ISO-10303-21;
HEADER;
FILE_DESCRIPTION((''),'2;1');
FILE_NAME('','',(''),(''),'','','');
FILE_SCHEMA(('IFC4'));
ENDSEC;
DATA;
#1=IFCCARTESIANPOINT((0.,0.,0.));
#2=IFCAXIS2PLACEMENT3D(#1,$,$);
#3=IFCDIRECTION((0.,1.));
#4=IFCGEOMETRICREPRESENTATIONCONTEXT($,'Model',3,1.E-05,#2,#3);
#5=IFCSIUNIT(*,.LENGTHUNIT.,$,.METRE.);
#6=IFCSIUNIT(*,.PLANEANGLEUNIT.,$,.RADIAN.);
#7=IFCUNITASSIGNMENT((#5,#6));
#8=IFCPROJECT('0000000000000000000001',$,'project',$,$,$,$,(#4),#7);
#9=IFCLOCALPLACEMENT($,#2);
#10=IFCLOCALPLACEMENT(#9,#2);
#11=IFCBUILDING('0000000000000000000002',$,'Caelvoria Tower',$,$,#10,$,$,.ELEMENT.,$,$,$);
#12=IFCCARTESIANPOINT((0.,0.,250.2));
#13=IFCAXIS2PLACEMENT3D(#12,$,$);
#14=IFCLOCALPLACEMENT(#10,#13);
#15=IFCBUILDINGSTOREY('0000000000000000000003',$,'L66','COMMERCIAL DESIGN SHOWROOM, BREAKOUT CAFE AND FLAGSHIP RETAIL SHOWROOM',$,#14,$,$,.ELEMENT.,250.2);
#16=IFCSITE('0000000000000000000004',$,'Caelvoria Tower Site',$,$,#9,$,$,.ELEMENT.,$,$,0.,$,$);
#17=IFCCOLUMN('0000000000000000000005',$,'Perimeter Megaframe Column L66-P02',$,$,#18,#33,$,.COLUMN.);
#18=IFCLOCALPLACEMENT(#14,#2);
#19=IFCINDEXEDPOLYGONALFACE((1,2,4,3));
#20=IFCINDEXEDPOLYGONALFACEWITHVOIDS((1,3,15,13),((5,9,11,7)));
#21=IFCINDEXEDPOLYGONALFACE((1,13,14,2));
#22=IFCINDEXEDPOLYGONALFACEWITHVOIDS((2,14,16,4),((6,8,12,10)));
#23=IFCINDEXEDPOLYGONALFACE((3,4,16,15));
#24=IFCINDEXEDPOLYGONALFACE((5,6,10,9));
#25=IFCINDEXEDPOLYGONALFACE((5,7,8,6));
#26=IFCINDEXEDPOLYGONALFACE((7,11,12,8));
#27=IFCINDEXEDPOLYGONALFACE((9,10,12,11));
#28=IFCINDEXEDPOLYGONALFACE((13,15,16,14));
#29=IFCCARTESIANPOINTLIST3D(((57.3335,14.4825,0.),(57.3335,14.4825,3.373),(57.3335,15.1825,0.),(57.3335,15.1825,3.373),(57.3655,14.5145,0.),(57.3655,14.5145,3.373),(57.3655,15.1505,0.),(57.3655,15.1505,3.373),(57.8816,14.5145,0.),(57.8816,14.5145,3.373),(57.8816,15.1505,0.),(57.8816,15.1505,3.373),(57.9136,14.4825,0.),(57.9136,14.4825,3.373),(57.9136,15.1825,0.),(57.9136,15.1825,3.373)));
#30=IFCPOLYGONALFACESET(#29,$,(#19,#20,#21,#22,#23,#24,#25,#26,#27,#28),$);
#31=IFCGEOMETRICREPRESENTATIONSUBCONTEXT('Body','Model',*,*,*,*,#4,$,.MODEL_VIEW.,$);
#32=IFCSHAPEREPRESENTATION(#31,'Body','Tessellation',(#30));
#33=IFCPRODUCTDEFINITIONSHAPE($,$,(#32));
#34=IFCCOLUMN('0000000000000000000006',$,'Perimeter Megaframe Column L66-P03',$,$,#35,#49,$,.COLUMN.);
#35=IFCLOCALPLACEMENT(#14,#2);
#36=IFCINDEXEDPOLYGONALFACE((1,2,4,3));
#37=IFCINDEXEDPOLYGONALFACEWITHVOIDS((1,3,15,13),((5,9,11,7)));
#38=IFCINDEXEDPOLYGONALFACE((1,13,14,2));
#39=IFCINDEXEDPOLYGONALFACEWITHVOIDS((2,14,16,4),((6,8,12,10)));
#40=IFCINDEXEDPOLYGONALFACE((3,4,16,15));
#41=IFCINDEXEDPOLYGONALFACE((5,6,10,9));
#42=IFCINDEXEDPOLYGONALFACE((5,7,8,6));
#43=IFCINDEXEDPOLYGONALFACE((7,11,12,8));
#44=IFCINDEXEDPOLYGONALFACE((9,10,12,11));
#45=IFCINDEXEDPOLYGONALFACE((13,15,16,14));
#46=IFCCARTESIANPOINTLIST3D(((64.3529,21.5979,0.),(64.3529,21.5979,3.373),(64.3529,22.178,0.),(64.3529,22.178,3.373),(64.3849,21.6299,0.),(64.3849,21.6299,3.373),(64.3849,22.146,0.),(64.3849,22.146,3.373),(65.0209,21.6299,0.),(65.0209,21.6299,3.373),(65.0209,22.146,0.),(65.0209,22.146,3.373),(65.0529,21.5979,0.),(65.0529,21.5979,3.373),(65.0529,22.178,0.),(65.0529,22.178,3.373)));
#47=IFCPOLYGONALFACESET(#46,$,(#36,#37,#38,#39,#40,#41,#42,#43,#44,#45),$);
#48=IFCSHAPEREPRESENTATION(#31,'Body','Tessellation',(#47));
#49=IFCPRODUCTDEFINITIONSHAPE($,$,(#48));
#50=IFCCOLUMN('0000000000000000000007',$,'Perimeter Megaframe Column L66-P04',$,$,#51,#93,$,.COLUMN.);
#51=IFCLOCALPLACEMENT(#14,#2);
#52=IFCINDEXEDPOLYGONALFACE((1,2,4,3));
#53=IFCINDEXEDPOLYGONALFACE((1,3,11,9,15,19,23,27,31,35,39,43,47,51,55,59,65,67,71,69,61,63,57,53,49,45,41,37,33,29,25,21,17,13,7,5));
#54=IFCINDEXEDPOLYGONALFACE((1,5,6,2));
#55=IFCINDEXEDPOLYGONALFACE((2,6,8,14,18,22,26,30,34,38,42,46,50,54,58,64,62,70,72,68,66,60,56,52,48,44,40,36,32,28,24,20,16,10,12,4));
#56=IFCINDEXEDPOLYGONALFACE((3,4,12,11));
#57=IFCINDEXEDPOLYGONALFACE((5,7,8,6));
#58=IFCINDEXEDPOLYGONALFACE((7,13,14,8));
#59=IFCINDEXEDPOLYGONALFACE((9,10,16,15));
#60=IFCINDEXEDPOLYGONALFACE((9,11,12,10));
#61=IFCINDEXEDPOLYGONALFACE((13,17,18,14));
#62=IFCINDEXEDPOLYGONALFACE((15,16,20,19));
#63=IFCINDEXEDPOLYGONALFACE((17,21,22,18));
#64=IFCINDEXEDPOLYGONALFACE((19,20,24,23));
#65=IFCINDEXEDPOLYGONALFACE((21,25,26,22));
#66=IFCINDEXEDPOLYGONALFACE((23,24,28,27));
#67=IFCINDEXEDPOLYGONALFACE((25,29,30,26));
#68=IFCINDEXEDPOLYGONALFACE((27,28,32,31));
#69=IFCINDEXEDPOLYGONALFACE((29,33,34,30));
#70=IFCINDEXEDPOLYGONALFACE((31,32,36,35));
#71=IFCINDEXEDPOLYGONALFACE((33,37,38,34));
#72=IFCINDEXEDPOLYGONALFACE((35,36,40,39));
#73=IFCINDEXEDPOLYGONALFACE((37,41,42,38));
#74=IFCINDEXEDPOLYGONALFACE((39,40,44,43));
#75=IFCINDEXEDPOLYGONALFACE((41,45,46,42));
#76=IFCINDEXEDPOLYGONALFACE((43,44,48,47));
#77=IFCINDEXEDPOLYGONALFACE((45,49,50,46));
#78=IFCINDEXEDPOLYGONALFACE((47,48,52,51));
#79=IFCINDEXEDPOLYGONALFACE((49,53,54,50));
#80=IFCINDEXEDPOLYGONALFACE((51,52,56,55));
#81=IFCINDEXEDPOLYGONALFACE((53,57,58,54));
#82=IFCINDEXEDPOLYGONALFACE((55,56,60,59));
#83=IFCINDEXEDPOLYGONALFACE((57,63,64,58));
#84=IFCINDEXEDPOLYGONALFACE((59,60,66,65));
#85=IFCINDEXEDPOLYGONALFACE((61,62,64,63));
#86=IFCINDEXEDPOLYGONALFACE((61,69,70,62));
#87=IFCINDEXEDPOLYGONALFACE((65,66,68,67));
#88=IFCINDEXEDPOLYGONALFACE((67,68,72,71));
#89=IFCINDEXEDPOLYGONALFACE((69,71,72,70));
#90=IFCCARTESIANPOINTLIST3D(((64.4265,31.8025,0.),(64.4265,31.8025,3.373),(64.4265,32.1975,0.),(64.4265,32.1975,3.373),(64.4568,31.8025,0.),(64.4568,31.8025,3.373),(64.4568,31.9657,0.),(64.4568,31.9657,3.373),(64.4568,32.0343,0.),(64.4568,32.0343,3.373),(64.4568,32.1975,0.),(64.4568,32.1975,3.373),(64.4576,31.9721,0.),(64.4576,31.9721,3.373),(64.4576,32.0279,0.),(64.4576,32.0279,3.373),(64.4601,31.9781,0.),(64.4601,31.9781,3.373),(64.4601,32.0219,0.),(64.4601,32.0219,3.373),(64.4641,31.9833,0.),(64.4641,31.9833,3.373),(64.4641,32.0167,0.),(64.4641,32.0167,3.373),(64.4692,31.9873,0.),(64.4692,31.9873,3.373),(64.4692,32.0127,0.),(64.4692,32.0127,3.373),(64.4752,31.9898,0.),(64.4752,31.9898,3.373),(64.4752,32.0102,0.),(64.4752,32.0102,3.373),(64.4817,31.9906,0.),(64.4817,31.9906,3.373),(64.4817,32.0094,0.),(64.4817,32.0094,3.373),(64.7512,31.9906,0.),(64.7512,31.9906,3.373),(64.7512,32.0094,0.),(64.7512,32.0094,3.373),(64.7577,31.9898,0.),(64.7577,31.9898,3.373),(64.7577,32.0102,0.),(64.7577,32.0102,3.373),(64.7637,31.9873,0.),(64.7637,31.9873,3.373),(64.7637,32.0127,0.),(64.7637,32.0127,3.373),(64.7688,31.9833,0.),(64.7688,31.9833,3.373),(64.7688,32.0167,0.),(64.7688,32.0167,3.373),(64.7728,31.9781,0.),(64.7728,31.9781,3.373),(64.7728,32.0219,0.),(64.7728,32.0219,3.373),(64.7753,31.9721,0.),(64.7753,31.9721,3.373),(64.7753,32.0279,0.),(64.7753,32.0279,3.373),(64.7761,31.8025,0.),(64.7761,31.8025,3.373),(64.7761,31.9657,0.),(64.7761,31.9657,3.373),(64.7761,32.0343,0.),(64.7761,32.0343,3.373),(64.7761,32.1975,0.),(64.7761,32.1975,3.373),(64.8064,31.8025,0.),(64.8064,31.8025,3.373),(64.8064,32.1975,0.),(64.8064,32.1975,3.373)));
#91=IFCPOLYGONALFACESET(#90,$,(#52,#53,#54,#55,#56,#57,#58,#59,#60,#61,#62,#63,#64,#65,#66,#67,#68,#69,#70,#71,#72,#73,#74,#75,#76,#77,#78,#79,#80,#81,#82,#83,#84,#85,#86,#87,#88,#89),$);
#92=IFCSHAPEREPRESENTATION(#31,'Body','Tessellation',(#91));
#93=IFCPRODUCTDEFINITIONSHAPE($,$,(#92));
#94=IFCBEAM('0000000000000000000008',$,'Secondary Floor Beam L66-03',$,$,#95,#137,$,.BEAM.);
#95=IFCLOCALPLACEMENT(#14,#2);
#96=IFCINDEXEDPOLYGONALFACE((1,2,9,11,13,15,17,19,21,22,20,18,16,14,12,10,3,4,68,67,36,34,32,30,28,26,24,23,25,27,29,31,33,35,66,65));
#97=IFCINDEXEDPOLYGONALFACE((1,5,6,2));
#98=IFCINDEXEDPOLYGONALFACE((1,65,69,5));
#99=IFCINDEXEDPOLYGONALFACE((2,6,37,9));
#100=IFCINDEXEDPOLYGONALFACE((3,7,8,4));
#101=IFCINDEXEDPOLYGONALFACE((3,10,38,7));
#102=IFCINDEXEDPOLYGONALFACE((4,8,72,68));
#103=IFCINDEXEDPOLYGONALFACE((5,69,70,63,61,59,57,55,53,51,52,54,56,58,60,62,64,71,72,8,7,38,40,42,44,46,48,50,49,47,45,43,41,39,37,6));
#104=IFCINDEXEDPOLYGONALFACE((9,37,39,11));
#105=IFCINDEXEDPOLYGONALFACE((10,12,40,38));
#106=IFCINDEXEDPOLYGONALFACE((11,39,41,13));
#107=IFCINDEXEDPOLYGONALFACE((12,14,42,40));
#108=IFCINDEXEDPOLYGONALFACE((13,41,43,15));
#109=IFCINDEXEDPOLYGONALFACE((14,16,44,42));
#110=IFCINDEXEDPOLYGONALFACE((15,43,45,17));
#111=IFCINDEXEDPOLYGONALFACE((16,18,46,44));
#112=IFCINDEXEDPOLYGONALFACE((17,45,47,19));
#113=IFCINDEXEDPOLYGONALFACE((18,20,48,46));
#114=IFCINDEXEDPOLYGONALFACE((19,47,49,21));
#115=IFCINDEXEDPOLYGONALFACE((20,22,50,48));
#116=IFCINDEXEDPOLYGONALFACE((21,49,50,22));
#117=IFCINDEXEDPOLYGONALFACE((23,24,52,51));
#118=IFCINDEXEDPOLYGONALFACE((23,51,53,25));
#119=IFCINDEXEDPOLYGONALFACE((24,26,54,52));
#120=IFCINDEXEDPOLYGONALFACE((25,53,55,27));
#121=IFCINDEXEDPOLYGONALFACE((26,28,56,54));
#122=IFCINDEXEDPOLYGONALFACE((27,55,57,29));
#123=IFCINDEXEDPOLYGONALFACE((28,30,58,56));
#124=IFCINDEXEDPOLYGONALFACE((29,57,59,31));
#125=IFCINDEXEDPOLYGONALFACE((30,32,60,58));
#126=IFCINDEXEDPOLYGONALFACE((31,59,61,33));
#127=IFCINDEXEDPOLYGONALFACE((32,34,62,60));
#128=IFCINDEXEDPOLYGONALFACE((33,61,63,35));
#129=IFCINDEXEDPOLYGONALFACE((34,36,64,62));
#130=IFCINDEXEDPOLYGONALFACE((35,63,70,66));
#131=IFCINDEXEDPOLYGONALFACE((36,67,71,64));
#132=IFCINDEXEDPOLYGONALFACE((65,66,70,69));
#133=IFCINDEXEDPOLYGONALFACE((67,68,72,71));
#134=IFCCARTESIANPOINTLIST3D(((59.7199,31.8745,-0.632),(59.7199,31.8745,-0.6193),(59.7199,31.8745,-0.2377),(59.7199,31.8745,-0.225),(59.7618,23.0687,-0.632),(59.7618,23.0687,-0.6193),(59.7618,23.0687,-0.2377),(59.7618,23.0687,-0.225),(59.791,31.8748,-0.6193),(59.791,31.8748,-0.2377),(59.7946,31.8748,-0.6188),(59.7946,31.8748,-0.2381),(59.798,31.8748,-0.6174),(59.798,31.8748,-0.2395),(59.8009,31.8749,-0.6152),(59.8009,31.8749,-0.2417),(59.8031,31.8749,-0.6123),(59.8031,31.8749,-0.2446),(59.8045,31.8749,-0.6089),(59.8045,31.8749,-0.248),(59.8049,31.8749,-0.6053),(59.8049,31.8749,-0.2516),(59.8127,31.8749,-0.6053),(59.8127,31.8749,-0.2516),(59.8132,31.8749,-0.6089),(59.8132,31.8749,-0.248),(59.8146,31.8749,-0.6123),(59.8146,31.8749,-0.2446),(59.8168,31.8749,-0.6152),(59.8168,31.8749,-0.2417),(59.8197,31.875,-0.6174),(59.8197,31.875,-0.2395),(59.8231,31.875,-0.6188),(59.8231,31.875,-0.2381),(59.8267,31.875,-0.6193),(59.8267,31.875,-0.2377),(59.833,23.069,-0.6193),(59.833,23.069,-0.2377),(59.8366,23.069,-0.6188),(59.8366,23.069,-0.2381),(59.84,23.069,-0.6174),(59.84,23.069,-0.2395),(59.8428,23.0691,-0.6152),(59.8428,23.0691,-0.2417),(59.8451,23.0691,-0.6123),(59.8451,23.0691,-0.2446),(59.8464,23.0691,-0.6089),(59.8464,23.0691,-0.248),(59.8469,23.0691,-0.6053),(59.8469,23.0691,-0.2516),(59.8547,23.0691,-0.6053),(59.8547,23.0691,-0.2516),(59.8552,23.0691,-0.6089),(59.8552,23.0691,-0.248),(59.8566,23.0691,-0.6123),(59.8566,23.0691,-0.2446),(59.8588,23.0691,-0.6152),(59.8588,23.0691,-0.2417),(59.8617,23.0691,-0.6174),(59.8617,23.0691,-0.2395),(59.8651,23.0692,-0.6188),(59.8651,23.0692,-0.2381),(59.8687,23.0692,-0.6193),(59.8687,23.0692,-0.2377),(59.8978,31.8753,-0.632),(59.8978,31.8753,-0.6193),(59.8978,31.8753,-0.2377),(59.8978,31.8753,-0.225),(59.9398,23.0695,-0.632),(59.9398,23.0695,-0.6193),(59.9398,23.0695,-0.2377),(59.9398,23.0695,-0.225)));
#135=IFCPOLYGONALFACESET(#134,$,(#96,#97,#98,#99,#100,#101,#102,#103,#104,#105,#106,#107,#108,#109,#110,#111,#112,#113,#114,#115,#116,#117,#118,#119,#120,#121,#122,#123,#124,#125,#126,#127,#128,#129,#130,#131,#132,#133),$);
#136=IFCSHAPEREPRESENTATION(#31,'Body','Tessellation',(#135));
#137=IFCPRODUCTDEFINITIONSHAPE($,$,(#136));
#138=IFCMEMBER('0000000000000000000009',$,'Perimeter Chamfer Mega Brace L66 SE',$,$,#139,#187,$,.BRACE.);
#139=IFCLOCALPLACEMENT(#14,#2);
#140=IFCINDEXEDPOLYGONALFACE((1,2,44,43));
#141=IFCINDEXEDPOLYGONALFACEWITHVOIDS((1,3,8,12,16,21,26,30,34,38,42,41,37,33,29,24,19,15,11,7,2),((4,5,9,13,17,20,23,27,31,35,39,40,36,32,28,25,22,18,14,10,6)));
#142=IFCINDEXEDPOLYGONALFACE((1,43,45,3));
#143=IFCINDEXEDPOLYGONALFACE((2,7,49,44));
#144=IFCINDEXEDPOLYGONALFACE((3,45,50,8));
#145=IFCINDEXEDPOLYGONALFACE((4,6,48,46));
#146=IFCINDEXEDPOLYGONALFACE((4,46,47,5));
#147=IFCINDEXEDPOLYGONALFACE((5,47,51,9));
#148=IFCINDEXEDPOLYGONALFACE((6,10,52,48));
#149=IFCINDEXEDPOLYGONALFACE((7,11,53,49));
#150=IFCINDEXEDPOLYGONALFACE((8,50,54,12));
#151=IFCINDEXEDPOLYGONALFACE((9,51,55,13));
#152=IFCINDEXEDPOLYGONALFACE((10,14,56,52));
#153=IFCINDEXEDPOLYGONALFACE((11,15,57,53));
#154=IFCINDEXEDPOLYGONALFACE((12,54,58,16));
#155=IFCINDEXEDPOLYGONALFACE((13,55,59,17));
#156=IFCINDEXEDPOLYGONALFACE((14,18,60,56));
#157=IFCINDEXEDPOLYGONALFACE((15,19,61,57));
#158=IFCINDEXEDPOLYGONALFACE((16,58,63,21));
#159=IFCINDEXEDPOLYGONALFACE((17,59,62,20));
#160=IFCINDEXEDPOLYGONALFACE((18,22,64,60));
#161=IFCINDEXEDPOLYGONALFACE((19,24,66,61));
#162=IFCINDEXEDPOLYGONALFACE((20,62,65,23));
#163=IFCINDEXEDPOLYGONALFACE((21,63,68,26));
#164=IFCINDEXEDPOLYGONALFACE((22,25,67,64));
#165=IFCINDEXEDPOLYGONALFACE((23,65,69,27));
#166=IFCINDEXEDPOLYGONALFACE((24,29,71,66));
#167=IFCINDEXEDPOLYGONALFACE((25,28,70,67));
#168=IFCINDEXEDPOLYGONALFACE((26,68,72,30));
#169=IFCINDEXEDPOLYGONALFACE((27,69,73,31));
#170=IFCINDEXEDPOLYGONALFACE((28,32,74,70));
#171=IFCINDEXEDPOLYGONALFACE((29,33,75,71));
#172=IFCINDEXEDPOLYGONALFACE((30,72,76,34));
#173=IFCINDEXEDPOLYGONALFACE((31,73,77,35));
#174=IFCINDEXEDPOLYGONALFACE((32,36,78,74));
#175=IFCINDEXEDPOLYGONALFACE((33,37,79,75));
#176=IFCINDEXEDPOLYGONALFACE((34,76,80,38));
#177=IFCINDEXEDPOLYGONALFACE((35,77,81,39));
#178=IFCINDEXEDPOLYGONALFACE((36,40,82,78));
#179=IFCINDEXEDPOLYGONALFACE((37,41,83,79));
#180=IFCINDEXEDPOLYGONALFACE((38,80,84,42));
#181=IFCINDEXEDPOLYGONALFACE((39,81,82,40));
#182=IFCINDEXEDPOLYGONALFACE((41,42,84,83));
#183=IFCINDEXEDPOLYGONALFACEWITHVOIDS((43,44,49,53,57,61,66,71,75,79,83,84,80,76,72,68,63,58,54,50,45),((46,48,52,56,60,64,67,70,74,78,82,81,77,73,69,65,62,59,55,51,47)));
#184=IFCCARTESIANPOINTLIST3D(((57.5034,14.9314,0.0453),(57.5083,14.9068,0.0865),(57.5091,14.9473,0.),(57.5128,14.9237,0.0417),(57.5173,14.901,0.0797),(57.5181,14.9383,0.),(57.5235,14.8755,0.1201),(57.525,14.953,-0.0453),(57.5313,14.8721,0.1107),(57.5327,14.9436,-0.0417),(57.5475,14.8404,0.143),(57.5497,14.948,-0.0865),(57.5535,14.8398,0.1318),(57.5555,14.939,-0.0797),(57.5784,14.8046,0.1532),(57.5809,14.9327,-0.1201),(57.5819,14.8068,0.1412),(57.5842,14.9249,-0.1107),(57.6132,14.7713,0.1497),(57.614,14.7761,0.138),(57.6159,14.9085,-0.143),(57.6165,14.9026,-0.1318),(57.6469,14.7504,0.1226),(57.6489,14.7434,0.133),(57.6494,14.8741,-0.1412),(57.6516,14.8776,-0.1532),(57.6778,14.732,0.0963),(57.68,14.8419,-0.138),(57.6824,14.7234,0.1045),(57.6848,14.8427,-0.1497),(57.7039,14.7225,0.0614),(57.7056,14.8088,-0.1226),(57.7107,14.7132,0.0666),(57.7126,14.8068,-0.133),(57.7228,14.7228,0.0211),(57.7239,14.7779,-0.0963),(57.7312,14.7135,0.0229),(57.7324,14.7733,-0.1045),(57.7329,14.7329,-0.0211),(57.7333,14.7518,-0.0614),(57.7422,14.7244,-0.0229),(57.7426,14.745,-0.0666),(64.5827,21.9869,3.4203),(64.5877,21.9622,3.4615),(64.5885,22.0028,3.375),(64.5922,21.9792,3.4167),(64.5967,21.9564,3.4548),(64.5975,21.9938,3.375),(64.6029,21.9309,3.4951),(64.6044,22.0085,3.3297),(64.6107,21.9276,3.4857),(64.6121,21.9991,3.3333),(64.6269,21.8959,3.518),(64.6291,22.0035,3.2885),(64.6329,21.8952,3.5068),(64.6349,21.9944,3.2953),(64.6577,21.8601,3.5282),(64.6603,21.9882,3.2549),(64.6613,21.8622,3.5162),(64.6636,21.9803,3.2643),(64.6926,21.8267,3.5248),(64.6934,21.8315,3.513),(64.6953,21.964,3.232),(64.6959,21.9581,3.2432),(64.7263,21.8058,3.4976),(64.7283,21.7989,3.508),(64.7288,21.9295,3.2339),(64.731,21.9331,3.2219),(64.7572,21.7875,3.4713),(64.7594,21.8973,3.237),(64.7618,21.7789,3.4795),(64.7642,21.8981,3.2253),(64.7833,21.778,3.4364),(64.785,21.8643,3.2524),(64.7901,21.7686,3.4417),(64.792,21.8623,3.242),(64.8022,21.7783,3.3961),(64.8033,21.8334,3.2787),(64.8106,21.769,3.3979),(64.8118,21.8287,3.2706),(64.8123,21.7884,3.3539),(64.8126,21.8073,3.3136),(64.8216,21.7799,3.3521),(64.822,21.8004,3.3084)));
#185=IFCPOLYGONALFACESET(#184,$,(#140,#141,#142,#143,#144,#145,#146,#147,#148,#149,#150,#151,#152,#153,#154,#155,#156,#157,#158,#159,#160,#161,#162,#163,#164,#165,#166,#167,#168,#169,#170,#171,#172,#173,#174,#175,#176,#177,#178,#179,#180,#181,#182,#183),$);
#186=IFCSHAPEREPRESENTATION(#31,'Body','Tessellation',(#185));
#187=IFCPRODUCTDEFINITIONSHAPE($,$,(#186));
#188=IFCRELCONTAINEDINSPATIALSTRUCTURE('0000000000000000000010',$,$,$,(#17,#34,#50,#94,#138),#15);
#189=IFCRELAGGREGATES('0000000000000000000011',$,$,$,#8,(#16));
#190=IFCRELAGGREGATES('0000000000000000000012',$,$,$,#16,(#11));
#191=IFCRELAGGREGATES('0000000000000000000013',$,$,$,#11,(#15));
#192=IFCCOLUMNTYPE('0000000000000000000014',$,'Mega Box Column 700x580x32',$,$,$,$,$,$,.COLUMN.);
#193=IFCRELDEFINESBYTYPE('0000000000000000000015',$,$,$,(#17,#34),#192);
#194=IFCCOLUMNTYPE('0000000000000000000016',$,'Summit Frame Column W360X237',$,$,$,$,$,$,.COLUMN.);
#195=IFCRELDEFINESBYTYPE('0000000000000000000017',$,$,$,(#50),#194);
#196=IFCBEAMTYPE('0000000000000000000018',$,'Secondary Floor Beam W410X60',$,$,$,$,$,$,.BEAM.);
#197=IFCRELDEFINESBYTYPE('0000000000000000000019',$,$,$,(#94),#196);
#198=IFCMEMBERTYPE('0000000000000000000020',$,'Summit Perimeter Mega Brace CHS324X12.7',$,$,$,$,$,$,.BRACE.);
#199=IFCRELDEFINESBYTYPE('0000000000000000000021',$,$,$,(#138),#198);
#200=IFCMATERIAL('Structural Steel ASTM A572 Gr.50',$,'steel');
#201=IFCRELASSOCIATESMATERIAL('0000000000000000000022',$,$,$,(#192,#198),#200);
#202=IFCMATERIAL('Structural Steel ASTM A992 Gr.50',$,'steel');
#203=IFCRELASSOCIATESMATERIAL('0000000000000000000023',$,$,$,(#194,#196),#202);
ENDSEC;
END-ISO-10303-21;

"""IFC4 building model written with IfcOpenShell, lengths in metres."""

from ifc_helpers import new_model, si_unit, direction, frame, origin, origin_2d, place, context, subcontext, project, spatial, hollow_rectangle, hollow_circle, i_section, extrude, material, material_profile, profile_set, type_object, element, save


model = new_model("IFC4")

# Units and contexts
model_context = context("Model", 3, precision=1e-05, world=origin(), true_north=direction((0.0, 1.0)))
body_context = subcontext(model_context, "Body", "Model", "MODEL_VIEW")
ifc_project = project(units=[si_unit("LENGTHUNIT", "METRE"), si_unit("PLANEANGLEUNIT", "RADIAN")], contexts=[model_context])

# Site, building, storey
site_placement = place(None, origin())
site = spatial("IfcSite", under=ifc_project, at=site_placement, Name="Caelvoria Tower Site", CompositionType="ELEMENT", RefElevation=0.0)
building_placement = place(site_placement, origin())
building = spatial("IfcBuilding", under=site, at=building_placement, Name="Caelvoria Tower", CompositionType="ELEMENT")
storey_placement = place(building_placement, frame((0.0, 0.0, 250.2)))
storey = spatial("IfcBuildingStorey", under=building, at=storey_placement, Name="L66", Description="COMMERCIAL DESIGN SHOWROOM, BREAKOUT CAFE AND FLAGSHIP RETAIL SHOWROOM", CompositionType="ELEMENT", Elevation=250.2)

# Columns
ifc_material_1 = material(Name="Structural Steel ASTM A572 Gr.50", Category="steel")
ifc_material_profile_1 = material_profile(ifc_material_1, hollow_rectangle(XDim=0.5801, YDim=0.7, WallThickness=0.032, at=origin_2d()), Name="Structural Steel ASTM A572 Gr.50")
ifc_profile_set_1 = profile_set([ifc_material_profile_1], Name="BOX700X580X32 - Structural Steel ASTM A572 Gr.50")
column_type_1 = type_object("IfcColumnType", Name="Mega Box Column 700x580x32", PredefinedType="COLUMN", material=ifc_profile_set_1)
for number, where, z_axis, x_axis, name in (
    (1, (57.6235, 14.8325, 0.0), (0.0, 0.0, 1.0), (1.0, 0.0, 0.0), "Perimeter Megaframe Column L66-P02"),
    (2, (64.7029, 21.8879, 0.0), (0.0, 0.0, 1.0), (0.0, 1.0, 0.0), "Perimeter Megaframe Column L66-P03"),
):
    element("IfcColumn", number, at=place(storey_placement, frame(where, z_axis=z_axis, x_axis=x_axis)), inside=storey, type_object=column_type_1, Name=name, PredefinedType="COLUMN", context=body_context, shape_type="SweptSolid", body=[
        extrude(hollow_rectangle(XDim=0.5801, YDim=0.7, WallThickness=0.032, at=origin_2d()), origin(), (0.0, 0.0, 1.0), 3.373),
    ])
ifc_material_2 = material(Name="Structural Steel ASTM A992 Gr.50", Category="steel")
ifc_material_profile_2 = material_profile(ifc_material_2, i_section(OverallWidth=0.395, OverallDepth=0.3799, WebThickness=0.0188, FlangeThickness=0.0303, FilletRadius=0.0249, at=origin_2d()), Name="Structural Steel ASTM A992 Gr.50")
ifc_profile_set_2 = profile_set([ifc_material_profile_2], Name="W360X237 - Structural Steel ASTM A992 Gr.50")
column_type_2 = type_object("IfcColumnType", Name="Summit Frame Column W360X237", PredefinedType="COLUMN", material=ifc_profile_set_2)
column_placement = place(storey_placement, frame((64.6165, 32.0, 0.0), z_axis=(0.0, 0.0, 1.0), x_axis=(0.0, 1.0, 0.0)))
element("IfcColumn", 3, at=column_placement, inside=storey, type_object=column_type_2, Name="Perimeter Megaframe Column L66-P04", PredefinedType="COLUMN", context=body_context, shape_type="SweptSolid", body=[
    extrude(i_section(OverallWidth=0.395, OverallDepth=0.3799, WebThickness=0.0188, FlangeThickness=0.0303, FilletRadius=0.0249, at=origin_2d()), origin(), (0.0, 0.0, 1.0), 3.373),
])

# Beam
ifc_material_profile_3 = material_profile(ifc_material_2, i_section(OverallWidth=0.178, OverallDepth=0.407, WebThickness=0.0078, FlangeThickness=0.0127, FilletRadius=0.0139, at=origin_2d()), Name="Structural Steel ASTM A992 Gr.50")
ifc_profile_set_3 = profile_set([ifc_material_profile_3], Name="W410X60 - Structural Steel ASTM A992 Gr.50")
beam_type_1 = type_object("IfcBeamType", Name="Secondary Floor Beam W410X60", PredefinedType="BEAM", material=ifc_profile_set_3)
beam_1_placement = place(storey_placement, frame((59.8508, 23.0691, -0.4285), z_axis=(-0.004769, 0.999989, 0.0), x_axis=(-0.999989, -0.004769, 0.0)))
element("IfcBeam", 4, at=beam_1_placement, inside=storey, type_object=beam_type_1, Name="Secondary Floor Beam L66-03", PredefinedType="BEAM", context=body_context, shape_type="SweptSolid", body=[
    extrude(i_section(OverallWidth=0.178, OverallDepth=0.407, WebThickness=0.0078, FlangeThickness=0.0127, FilletRadius=0.0139, at=origin_2d()), origin(), (0.0, 0.0, 1.0), 8.8059),
])

# Member
ifc_material_profile_4 = material_profile(ifc_material_1, hollow_circle(Radius=0.1621, WallThickness=0.0127, at=origin_2d()), Name="Structural Steel ASTM A572 Gr.50")
ifc_profile_set_4 = profile_set([ifc_material_profile_4], Name="CHS324X12.7 - Structural Steel ASTM A572 Gr.50")
member_type = type_object("IfcMemberType", Name="Summit Perimeter Mega Brace CHS324X12.7", PredefinedType="BRACE", material=ifc_profile_set_4)
member_1_placement = place(storey_placement, frame((57.6235, 14.8325, 0.0), z_axis=(0.671076, 0.668808, 0.319928), x_axis=(-0.705909, 0.708303, 0.0)))
element("IfcMember", 5, at=member_1_placement, inside=storey, type_object=member_type, Name="Perimeter Chamfer Mega Brace L66 SE", PredefinedType="BRACE", context=body_context, shape_type="SweptSolid", body=[
    extrude(hollow_circle(Radius=0.1621, WallThickness=0.0127, at=origin_2d()), origin(), (0.0, 0.0, 1.0), 10.5493),
])

save(model, "model.ifc")
